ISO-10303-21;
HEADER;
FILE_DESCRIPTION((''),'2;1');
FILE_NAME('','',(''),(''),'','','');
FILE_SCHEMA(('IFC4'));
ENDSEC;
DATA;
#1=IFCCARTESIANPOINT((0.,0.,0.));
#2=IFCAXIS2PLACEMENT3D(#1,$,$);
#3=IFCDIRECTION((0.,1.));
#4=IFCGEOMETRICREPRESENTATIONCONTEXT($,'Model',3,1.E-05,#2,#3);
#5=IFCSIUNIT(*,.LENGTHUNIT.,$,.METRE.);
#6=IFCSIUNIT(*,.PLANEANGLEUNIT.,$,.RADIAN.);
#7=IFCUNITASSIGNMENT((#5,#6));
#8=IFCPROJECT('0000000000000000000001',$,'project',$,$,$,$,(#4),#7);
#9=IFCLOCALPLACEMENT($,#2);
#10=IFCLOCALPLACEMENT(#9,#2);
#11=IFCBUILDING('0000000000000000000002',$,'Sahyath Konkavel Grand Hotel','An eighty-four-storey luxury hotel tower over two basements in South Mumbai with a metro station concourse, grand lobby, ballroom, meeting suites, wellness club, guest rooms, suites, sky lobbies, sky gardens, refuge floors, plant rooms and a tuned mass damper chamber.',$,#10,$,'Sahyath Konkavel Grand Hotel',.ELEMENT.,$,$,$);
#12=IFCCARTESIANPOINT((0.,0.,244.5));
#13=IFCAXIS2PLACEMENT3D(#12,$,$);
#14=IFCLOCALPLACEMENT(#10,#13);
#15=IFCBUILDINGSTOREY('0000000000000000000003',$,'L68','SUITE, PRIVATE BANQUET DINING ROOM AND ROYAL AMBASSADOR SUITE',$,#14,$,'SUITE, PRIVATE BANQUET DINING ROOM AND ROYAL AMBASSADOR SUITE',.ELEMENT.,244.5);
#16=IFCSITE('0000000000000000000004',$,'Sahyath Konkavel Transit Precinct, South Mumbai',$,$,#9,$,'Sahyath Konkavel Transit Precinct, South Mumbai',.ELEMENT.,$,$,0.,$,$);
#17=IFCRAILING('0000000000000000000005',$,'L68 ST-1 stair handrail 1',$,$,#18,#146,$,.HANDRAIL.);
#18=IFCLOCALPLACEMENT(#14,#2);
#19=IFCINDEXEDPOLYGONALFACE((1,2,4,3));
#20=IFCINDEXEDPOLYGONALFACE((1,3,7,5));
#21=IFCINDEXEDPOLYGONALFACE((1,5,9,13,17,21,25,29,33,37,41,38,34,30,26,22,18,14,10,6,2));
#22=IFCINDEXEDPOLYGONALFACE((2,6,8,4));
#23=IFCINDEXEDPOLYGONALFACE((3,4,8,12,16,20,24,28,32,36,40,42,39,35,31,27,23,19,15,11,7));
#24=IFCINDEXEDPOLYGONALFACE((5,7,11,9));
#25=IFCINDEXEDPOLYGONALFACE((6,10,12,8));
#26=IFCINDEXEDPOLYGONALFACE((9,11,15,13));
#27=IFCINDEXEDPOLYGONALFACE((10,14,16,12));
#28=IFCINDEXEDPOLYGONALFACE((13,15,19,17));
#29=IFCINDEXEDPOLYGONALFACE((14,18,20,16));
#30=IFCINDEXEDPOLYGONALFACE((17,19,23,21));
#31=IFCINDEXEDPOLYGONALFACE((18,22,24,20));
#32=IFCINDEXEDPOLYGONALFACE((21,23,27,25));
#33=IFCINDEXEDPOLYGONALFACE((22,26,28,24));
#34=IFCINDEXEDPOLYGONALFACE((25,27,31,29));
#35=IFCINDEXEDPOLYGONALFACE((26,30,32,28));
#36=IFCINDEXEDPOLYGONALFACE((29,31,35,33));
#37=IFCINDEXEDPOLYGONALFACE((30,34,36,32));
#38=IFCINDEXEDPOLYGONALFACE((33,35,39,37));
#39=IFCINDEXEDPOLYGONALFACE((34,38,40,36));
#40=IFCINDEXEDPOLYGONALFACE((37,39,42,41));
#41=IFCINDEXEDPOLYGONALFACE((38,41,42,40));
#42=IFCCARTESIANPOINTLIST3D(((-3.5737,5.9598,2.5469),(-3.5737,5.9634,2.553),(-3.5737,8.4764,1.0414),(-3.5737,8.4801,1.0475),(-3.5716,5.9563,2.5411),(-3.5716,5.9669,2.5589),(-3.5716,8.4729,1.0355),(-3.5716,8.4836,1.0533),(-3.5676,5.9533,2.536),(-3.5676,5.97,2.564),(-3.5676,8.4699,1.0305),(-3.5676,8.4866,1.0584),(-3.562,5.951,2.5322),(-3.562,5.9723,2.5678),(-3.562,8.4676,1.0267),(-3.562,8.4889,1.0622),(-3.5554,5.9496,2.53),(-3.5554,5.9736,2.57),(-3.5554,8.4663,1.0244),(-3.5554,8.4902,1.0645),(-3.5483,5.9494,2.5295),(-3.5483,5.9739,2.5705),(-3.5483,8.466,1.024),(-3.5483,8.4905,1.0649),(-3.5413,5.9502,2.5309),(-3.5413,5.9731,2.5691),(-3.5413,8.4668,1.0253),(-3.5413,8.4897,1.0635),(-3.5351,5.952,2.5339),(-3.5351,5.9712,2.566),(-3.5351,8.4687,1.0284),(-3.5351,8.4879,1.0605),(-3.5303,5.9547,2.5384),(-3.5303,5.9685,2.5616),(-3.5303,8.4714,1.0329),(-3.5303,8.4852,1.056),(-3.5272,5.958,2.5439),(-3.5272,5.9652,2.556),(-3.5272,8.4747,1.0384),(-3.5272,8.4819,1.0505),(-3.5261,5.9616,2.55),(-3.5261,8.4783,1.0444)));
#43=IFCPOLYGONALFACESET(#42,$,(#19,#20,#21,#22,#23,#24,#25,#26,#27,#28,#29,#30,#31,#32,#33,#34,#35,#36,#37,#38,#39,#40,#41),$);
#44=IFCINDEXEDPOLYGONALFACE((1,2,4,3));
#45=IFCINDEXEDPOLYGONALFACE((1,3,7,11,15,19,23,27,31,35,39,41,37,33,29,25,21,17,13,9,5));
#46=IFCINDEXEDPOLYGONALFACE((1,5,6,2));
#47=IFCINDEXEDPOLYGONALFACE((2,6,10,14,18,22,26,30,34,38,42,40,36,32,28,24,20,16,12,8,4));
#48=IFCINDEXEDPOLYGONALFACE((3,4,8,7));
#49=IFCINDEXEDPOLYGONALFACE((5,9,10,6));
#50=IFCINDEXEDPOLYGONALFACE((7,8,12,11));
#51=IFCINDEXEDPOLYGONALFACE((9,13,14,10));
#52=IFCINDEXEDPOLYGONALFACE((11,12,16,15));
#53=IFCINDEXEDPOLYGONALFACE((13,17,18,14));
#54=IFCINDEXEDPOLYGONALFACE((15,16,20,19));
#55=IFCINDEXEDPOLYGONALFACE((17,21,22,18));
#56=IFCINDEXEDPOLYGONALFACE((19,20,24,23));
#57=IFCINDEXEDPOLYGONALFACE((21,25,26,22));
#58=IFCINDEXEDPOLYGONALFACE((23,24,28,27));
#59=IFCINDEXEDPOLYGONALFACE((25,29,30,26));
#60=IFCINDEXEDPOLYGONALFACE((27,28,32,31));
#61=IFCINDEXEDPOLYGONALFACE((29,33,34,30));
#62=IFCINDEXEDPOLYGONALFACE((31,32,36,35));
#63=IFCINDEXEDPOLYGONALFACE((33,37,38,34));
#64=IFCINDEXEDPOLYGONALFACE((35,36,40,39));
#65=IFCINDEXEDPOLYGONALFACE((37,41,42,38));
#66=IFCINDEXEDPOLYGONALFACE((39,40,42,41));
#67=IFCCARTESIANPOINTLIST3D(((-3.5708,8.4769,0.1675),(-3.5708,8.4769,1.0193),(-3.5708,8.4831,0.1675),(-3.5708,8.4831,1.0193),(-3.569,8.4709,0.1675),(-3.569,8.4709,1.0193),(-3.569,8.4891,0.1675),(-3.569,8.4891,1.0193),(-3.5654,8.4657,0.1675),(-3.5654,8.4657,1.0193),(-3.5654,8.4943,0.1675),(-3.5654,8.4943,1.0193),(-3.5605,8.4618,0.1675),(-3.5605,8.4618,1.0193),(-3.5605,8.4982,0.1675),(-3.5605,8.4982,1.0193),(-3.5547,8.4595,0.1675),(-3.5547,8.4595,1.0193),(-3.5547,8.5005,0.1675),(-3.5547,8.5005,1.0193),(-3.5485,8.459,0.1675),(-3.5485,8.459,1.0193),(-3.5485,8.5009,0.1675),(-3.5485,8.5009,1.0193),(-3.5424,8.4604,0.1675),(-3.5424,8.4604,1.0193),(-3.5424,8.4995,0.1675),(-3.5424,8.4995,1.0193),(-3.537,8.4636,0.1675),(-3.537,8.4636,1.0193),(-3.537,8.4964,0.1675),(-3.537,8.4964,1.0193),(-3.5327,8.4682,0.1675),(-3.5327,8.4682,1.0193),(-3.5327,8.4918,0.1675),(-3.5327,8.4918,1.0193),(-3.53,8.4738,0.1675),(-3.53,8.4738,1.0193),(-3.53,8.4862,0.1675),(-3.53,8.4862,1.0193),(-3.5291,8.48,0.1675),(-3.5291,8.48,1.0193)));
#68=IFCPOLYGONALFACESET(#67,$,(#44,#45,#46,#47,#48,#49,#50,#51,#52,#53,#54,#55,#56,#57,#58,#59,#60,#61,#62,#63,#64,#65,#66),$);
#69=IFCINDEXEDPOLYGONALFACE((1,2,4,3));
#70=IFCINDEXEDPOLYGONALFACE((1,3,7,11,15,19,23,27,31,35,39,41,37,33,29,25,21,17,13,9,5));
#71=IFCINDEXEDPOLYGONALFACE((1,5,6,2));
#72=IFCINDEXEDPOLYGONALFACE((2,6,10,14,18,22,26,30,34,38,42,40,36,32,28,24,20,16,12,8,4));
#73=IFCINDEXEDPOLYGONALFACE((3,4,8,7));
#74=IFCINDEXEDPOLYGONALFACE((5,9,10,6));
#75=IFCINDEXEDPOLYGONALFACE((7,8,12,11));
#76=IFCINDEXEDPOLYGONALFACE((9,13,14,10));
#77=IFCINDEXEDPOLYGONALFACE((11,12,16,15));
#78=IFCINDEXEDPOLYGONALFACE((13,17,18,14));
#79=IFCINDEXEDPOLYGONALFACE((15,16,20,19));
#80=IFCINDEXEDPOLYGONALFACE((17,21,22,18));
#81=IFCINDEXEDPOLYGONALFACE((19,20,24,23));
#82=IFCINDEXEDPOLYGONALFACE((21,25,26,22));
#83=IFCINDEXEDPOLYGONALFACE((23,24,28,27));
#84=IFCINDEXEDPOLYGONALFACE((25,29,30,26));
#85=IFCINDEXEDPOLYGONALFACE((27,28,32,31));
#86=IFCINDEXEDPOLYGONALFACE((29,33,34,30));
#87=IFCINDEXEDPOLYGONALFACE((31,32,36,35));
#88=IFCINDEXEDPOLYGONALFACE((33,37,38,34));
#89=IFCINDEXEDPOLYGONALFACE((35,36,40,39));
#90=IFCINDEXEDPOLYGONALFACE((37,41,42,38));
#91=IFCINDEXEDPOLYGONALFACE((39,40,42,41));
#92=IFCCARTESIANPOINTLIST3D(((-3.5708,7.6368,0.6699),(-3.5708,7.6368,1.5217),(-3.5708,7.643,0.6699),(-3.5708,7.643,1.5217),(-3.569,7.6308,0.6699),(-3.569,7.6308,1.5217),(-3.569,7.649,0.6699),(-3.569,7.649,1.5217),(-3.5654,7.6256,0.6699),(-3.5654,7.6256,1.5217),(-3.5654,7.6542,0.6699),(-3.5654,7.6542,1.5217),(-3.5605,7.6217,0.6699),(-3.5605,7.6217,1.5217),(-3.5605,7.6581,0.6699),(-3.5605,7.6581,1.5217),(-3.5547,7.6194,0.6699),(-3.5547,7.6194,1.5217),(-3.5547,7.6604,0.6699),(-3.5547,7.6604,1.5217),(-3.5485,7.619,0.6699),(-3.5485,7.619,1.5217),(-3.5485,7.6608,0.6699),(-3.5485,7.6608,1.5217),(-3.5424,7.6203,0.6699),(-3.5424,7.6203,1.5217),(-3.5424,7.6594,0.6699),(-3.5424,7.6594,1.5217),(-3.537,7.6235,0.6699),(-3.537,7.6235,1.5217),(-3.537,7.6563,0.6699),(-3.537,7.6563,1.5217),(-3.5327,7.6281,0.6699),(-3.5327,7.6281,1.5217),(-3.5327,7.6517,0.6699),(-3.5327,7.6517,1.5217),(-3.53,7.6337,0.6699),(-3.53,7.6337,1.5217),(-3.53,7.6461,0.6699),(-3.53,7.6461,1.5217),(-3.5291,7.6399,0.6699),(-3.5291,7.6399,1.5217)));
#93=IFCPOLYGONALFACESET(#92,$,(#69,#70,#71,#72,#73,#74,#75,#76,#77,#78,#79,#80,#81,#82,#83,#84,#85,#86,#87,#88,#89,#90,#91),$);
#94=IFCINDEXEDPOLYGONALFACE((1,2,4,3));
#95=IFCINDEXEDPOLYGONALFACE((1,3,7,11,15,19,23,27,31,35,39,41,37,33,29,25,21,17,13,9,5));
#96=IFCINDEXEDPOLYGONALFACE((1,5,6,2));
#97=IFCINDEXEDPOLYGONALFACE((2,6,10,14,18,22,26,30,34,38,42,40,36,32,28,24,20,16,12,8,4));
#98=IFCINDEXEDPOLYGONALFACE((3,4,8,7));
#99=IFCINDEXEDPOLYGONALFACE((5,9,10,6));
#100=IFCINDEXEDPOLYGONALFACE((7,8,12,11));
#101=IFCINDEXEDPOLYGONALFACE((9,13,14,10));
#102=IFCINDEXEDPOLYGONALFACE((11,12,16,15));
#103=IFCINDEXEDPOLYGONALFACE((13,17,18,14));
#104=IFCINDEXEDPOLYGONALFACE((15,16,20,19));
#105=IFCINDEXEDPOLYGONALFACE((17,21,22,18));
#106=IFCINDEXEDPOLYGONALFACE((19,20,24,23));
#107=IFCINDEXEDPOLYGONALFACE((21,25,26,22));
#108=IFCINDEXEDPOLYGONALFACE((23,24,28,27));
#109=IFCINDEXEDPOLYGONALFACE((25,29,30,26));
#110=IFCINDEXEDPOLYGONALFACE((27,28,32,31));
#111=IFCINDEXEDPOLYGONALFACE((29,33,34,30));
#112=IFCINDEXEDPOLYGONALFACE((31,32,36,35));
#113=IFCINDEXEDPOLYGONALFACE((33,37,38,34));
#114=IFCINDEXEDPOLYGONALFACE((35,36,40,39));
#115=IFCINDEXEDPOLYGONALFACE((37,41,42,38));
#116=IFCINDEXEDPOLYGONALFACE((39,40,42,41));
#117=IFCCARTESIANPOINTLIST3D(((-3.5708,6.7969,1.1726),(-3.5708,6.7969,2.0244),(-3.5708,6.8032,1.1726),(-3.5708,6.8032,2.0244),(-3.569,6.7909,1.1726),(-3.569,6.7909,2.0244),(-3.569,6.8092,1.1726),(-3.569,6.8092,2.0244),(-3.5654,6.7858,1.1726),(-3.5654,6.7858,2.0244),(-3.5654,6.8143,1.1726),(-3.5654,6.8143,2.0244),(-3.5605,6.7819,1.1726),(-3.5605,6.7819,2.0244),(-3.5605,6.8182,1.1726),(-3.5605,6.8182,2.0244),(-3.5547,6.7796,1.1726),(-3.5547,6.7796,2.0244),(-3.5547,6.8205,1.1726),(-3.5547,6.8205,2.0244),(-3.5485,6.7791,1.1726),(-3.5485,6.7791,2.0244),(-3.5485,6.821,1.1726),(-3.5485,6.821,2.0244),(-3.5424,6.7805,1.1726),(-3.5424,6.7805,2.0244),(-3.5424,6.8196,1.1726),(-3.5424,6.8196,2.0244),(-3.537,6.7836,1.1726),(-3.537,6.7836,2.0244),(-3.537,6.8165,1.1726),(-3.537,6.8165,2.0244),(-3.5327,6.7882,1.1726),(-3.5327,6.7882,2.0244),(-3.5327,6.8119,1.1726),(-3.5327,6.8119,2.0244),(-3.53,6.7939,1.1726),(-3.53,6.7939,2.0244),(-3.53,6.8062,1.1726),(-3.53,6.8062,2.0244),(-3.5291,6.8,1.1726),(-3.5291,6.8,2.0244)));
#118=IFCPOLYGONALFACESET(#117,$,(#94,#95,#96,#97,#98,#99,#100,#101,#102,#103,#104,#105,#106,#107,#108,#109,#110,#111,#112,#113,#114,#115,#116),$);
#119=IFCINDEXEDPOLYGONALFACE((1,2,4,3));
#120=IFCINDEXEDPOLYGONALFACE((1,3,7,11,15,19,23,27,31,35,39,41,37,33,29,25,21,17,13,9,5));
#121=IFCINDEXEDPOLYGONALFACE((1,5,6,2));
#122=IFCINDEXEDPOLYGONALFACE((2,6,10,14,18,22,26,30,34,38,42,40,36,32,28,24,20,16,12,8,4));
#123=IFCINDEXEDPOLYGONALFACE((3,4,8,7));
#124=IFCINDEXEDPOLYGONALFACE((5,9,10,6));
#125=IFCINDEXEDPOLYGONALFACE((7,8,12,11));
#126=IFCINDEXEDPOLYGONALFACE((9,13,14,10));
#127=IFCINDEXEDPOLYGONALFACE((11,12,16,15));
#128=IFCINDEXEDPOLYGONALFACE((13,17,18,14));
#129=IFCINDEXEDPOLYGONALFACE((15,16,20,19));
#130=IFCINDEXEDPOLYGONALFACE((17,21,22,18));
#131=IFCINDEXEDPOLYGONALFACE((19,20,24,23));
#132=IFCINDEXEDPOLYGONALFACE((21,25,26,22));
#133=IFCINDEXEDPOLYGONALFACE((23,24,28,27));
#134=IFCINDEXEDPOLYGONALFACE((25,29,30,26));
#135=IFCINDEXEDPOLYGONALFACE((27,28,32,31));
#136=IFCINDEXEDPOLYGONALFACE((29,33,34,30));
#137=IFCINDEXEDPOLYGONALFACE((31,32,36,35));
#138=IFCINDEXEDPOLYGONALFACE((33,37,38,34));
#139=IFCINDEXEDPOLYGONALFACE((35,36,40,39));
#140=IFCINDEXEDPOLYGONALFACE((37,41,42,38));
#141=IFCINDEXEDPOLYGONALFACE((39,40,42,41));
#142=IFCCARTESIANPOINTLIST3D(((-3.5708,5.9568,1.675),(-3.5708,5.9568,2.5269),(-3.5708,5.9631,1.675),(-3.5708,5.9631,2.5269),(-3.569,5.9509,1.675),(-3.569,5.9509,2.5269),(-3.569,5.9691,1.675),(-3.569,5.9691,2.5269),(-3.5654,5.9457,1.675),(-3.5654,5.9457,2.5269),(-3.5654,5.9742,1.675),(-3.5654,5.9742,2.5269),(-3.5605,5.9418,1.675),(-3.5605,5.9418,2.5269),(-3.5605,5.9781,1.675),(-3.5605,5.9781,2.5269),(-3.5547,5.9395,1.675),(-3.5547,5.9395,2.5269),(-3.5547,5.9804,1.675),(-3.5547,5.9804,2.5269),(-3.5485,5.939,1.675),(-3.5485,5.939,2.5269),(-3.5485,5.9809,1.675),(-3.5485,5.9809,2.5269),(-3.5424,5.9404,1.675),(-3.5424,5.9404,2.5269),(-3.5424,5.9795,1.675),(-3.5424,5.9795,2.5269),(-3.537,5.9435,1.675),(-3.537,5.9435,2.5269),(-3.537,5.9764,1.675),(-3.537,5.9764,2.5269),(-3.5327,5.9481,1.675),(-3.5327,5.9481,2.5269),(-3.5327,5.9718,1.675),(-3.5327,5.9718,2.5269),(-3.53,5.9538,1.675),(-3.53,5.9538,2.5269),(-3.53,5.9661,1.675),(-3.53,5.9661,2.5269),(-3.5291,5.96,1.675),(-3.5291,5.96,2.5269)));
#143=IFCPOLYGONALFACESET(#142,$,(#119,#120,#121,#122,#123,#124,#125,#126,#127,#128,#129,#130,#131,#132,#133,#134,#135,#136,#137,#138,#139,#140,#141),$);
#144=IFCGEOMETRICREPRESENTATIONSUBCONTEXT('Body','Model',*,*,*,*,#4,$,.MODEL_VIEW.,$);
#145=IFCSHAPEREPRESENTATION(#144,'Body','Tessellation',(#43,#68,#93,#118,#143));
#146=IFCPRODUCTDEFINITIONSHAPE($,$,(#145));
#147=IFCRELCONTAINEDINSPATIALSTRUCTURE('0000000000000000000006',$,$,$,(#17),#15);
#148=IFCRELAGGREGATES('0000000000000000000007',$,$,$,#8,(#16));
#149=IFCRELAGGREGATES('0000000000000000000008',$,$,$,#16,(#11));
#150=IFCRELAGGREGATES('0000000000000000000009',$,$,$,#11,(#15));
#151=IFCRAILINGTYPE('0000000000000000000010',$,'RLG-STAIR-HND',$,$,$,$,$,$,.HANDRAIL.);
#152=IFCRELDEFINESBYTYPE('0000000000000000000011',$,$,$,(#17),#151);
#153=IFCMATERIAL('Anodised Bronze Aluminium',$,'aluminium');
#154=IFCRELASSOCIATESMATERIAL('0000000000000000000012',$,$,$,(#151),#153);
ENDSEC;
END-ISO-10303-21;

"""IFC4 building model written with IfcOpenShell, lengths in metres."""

from ifc_helpers import new_model, si_unit, direction, frame, origin, origin_2d, place, context, subcontext, project, spatial, circle, extrude, material, type_object, element, save


model = new_model("IFC4")

# Units and contexts
model_context = context("Model", 3, precision=1e-05, world=origin(), true_north=direction((0.0, 1.0)))
body_context = subcontext(model_context, "Body", "Model", "MODEL_VIEW")
ifc_project = project(units=[si_unit("LENGTHUNIT", "METRE"), si_unit("PLANEANGLEUNIT", "RADIAN")], contexts=[model_context])

# Site, building, storey
site_placement = place(None, origin())
site = spatial("IfcSite", under=ifc_project, at=site_placement, Name="Sahyath Konkavel Transit Precinct, South Mumbai", LongName="Sahyath Konkavel Transit Precinct, South Mumbai", CompositionType="ELEMENT", RefElevation=0.0)
building_placement = place(site_placement, origin())
building = spatial("IfcBuilding", under=site, at=building_placement, Name="Sahyath Konkavel Grand Hotel", Description="An eighty-four-storey luxury hotel tower over two basements in South Mumbai with a metro station concourse, grand lobby, ballroom, meeting suites, wellness club, guest rooms, suites, sky lobbies, sky gardens, refuge floors, plant rooms and a tuned mass damper chamber.", LongName="Sahyath Konkavel Grand Hotel", CompositionType="ELEMENT")
storey_placement = place(building_placement, frame((0.0, 0.0, 244.5)))
storey = spatial("IfcBuildingStorey", under=building, at=storey_placement, Name="L68", Description="SUITE, PRIVATE BANQUET DINING ROOM AND ROYAL AMBASSADOR SUITE", LongName="SUITE, PRIVATE BANQUET DINING ROOM AND ROYAL AMBASSADOR SUITE", CompositionType="ELEMENT", Elevation=244.5)

# Shared definitions
ifc_material_1 = material(Name="Anodised Bronze Aluminium", Category="aluminium")

# Railing
railing_type_1 = type_object("IfcRailingType", Name="RLG-STAIR-HND", PredefinedType="HANDRAIL", material=ifc_material_1)
railing_1_placement = place(storey_placement, frame((-3.55, 8.48, 0.1675)))
element("IfcRailing", 1, at=railing_1_placement, inside=storey, type_object=railing_type_1, Name="L68 ST-1 stair handrail 1", PredefinedType="HANDRAIL", context=body_context, shape_type="SweptSolid", body=[
    extrude(circle(Radius=0.0239, at=origin_2d()), frame((0.0, -0.0017, 0.877), z_axis=(0.0, -0.85816, 0.513383), x_axis=(1.0, 0.0, 0.0)), (0.0, 0.0, 1.0), 2.9326),
    extrude(circle(Radius=0.021, at=origin_2d()), origin(), (0.0, 0.0, 1.0), 0.8518),
    extrude(circle(Radius=0.021, at=origin_2d()), frame((0.0, -0.8401, 0.5024)), (0.0, 0.0, 1.0), 0.8518),
    extrude(circle(Radius=0.021, at=origin_2d()), frame((0.0, -1.6799, 1.0051)), (0.0, 0.0, 1.0), 0.8518),
    extrude(circle(Radius=0.021, at=origin_2d()), frame((0.0, -2.52, 1.5076)), (0.0, 0.0, 1.0), 0.8518),
])

save(model, "model.ifc")
